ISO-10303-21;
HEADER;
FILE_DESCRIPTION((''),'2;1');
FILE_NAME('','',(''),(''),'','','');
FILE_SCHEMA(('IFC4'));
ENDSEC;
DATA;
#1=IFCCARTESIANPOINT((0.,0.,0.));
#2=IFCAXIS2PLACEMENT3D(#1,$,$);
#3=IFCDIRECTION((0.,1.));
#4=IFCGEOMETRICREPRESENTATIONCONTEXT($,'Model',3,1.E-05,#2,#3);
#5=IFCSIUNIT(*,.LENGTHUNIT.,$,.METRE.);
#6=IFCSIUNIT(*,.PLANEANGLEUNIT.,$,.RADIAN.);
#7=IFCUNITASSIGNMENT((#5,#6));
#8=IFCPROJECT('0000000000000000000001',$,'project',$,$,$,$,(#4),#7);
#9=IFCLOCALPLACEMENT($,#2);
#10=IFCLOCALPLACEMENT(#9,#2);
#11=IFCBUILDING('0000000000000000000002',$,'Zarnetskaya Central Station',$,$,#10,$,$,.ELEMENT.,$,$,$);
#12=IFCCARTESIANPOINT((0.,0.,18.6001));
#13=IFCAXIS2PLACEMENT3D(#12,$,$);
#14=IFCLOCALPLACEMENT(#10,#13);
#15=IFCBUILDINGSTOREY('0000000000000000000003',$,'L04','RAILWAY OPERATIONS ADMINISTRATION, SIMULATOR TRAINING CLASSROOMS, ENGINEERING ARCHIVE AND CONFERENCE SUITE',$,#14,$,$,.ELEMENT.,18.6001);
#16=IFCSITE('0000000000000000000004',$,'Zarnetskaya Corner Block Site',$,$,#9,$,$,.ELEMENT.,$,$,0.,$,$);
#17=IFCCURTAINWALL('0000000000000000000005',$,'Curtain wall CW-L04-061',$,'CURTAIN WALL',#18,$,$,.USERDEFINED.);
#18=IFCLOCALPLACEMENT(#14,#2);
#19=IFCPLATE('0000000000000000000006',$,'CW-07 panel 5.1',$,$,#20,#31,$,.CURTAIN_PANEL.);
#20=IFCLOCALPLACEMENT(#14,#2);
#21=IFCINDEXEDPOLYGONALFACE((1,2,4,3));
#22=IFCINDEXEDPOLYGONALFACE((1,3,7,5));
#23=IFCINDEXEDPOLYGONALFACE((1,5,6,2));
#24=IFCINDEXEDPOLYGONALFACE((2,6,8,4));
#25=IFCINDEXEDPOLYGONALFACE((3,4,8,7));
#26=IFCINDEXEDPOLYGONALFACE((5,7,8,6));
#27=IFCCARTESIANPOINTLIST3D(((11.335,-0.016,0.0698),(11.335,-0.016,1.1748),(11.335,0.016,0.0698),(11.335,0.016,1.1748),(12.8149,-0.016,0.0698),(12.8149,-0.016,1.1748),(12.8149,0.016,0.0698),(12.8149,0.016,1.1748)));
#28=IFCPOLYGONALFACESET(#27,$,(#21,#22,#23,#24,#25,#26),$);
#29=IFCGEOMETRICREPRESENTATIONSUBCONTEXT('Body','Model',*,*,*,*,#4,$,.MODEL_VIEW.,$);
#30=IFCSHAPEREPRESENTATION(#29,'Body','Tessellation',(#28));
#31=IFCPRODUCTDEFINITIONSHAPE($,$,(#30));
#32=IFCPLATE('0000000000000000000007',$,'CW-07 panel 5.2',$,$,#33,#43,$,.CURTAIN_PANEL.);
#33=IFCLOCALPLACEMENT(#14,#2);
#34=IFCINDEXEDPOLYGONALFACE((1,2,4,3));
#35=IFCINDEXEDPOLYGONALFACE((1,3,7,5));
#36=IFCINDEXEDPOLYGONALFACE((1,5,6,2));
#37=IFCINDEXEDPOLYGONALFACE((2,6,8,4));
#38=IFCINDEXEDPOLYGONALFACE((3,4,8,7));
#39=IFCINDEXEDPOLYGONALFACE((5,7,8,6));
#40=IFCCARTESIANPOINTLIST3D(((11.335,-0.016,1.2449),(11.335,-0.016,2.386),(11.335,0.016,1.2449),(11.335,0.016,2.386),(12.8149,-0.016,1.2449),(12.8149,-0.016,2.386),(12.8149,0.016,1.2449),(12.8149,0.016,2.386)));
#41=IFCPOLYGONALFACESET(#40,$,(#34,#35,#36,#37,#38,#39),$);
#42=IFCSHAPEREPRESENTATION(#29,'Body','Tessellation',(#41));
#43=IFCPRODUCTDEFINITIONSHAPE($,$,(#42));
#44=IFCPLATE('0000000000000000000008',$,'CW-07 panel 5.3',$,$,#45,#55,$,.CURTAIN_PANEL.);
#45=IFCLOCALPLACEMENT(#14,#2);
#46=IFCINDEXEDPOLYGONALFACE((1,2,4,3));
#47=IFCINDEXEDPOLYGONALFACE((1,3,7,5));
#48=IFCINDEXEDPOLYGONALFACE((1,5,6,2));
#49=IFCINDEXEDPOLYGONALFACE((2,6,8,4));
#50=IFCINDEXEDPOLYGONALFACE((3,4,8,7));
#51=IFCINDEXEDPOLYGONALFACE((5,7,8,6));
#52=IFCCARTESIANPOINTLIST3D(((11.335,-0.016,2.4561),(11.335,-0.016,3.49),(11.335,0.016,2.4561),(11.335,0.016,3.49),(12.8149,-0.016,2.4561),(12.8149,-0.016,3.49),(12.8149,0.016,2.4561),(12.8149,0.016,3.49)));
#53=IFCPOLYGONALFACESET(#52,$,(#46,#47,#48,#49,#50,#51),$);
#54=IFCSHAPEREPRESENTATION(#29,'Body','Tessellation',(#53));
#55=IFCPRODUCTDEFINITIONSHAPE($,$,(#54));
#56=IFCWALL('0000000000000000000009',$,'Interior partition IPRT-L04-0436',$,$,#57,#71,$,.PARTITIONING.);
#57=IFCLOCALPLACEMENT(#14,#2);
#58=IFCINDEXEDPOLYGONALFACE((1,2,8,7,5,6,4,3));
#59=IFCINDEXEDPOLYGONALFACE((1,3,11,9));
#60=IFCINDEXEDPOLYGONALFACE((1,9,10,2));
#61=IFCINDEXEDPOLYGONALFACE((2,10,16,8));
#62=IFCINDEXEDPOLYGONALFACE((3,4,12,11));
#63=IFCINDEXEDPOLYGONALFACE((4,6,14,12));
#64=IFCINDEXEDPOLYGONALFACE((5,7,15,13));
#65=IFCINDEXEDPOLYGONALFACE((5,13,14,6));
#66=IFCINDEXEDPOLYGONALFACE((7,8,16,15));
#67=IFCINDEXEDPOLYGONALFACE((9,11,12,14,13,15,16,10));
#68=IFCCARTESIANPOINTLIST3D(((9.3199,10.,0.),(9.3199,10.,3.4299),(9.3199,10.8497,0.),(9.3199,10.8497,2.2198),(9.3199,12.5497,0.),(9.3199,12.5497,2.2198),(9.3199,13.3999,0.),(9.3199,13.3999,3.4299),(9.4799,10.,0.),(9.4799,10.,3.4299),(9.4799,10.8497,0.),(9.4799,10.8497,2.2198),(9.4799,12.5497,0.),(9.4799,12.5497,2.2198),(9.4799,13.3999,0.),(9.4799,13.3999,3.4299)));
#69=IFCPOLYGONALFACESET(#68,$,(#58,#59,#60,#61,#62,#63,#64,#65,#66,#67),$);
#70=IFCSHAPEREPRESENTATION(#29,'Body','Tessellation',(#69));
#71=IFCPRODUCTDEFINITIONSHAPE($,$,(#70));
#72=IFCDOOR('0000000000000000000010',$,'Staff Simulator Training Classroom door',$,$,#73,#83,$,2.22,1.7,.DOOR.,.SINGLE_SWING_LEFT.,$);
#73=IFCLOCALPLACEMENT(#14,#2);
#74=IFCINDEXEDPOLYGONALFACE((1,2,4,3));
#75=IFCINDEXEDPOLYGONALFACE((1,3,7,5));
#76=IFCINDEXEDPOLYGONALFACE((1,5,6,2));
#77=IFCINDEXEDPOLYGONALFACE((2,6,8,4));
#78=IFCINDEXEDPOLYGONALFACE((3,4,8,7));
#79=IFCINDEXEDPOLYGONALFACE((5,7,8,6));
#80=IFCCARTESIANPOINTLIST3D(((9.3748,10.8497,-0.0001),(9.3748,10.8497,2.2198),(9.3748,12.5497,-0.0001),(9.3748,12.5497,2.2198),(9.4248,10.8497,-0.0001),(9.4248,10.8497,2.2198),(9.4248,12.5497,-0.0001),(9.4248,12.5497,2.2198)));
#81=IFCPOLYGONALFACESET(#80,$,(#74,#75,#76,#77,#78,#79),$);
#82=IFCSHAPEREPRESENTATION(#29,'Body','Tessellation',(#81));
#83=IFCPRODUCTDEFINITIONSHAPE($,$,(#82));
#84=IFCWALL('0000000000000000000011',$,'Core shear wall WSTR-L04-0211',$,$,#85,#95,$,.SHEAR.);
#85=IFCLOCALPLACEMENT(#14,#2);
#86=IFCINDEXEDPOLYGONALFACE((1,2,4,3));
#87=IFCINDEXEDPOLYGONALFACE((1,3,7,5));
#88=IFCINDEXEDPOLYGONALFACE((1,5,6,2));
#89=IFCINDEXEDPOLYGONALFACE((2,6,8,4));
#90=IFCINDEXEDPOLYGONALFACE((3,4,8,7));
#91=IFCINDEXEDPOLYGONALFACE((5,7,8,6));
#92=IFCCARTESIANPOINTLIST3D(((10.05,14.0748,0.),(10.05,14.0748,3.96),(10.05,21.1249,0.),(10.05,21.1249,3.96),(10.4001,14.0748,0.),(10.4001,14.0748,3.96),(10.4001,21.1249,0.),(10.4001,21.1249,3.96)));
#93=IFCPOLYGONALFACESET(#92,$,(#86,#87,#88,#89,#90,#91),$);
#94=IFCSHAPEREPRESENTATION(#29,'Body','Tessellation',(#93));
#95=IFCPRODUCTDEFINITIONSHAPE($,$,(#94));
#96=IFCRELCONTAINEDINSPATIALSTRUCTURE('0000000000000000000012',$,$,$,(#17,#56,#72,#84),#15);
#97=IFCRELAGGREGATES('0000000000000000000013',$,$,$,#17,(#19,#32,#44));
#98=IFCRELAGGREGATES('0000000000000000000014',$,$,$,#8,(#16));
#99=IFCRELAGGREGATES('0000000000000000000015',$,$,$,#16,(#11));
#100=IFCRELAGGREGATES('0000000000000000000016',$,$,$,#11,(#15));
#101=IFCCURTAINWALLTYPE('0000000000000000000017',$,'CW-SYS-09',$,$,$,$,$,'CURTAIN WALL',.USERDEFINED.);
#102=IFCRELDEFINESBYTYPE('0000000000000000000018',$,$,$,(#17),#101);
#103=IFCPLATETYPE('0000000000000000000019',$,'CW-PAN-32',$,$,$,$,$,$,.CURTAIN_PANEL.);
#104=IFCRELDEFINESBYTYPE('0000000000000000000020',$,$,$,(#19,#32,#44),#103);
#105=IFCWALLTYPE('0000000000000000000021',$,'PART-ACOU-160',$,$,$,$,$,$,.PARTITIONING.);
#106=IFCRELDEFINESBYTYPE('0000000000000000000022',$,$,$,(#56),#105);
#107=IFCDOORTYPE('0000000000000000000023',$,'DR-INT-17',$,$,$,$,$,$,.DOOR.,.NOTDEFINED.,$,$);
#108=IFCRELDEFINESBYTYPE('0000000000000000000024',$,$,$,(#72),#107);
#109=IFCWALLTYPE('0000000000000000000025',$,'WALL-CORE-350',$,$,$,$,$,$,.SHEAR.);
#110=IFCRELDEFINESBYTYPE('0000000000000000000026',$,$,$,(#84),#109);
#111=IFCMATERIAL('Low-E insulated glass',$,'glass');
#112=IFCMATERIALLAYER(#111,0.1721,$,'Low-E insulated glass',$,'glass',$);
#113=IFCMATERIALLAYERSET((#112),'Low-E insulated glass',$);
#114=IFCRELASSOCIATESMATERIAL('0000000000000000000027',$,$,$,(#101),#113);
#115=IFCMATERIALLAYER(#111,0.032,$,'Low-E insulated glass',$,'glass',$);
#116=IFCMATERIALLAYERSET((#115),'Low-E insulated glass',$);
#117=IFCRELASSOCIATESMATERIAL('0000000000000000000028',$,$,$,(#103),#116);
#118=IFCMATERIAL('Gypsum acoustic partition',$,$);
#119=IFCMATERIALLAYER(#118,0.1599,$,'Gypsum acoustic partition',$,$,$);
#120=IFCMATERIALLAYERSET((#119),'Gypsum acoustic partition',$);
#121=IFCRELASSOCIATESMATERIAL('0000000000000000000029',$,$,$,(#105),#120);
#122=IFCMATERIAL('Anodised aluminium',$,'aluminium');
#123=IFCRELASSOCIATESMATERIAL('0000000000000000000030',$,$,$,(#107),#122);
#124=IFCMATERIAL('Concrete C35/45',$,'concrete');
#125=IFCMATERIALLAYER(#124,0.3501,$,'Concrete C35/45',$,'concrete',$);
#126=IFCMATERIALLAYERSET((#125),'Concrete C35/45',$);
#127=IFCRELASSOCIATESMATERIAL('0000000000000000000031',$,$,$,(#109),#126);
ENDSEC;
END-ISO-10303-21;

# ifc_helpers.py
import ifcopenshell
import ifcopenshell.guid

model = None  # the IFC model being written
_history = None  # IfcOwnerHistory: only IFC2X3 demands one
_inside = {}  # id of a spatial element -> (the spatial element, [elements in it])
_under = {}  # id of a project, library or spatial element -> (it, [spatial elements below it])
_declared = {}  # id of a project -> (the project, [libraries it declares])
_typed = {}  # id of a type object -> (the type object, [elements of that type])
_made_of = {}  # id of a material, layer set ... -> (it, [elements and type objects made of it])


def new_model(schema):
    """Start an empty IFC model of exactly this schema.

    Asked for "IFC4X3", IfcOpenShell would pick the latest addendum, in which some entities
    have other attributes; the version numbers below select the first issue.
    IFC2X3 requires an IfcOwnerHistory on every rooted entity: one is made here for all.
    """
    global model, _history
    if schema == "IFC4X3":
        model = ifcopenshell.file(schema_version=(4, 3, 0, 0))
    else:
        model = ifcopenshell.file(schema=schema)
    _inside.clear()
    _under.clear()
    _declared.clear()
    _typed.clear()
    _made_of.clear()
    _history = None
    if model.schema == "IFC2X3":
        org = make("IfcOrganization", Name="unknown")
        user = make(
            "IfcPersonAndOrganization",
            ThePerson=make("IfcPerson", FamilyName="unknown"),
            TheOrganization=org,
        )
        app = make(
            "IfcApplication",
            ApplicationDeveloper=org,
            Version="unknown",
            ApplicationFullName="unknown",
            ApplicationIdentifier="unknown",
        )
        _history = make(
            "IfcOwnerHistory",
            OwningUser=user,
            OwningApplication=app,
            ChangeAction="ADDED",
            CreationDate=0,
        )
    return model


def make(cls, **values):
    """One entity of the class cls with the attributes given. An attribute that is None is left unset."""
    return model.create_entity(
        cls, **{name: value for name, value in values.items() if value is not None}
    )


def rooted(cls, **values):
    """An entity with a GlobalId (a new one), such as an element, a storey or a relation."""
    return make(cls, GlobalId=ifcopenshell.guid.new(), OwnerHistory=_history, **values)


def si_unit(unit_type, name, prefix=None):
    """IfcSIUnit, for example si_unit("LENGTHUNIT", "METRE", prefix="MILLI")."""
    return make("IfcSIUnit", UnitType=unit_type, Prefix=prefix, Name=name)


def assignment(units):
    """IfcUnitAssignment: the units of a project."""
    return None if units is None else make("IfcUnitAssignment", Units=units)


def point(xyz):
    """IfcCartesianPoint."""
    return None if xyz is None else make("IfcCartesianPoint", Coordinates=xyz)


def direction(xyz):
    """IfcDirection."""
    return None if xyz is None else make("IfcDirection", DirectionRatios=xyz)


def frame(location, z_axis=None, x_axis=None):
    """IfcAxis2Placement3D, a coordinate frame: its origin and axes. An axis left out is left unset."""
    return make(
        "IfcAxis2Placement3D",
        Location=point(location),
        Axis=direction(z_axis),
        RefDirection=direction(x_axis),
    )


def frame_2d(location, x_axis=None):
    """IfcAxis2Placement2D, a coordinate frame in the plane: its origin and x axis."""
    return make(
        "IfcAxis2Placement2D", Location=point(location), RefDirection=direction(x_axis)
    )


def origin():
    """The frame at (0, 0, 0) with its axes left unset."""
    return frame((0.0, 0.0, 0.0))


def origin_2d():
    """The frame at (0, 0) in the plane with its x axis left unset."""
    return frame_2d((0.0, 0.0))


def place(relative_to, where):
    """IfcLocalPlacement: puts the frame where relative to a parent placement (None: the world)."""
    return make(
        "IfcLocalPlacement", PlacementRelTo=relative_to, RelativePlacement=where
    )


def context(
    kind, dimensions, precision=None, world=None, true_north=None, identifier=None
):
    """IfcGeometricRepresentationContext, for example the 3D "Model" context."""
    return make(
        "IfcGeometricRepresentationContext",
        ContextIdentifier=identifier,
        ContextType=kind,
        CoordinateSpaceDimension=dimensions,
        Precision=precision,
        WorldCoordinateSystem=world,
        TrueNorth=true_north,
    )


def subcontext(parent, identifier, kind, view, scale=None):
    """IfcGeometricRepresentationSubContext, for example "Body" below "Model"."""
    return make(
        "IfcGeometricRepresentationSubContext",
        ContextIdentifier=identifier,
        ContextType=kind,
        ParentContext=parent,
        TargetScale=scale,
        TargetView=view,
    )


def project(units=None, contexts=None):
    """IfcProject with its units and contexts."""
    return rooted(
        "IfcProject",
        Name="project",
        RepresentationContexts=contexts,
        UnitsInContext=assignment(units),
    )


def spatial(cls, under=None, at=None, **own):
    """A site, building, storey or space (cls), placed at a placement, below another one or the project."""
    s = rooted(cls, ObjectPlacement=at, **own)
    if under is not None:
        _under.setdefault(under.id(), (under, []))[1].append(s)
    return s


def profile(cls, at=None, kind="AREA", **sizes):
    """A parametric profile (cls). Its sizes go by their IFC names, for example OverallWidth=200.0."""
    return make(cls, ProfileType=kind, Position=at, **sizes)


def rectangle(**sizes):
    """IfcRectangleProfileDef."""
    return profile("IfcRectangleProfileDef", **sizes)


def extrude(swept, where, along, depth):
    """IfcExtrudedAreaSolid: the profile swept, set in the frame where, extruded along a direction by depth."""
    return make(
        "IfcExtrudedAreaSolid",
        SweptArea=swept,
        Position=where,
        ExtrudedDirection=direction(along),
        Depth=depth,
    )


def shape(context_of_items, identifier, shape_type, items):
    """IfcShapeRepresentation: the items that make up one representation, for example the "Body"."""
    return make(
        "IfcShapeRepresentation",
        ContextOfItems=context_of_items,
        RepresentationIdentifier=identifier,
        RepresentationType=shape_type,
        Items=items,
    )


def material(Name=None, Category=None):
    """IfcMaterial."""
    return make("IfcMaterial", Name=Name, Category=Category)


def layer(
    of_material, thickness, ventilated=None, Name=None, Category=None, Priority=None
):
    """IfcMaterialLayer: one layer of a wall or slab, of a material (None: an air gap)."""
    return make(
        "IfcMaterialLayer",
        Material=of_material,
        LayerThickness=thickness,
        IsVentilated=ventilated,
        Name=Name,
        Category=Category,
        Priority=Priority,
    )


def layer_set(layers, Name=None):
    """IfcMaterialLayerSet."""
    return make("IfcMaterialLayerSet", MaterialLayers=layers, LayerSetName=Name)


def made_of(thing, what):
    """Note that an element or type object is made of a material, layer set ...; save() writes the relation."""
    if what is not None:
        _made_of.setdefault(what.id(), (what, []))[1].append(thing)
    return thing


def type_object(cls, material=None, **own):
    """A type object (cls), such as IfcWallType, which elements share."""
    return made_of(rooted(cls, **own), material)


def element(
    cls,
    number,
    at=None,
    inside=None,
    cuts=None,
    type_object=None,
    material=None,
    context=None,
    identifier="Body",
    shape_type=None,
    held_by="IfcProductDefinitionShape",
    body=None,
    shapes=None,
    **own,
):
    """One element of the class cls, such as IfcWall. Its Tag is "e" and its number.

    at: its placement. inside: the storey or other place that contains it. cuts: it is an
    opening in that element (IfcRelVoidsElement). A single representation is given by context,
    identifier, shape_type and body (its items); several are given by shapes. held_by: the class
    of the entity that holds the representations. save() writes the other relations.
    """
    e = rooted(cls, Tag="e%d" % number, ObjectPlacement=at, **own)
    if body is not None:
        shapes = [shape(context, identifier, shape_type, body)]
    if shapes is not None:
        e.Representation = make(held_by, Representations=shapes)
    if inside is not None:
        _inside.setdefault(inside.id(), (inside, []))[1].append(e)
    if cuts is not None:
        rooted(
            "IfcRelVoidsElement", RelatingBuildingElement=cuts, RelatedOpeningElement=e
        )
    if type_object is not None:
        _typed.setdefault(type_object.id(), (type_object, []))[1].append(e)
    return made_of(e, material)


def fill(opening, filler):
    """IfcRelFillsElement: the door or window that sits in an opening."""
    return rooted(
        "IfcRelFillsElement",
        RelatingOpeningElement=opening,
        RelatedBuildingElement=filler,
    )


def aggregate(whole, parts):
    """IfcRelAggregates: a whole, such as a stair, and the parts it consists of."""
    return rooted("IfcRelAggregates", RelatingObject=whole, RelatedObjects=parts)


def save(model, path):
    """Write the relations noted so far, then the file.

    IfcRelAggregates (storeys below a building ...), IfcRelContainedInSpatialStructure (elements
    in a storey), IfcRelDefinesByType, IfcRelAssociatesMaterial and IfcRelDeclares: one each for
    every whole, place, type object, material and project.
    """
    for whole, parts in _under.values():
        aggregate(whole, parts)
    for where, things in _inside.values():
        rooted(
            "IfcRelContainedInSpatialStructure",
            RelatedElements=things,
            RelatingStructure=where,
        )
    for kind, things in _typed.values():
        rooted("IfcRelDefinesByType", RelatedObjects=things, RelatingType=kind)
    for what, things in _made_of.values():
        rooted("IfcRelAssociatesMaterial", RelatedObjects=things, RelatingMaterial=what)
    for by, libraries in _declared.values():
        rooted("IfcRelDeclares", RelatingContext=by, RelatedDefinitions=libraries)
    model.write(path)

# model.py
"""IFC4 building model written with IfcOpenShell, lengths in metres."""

from ifc_helpers import new_model, si_unit, direction, frame, frame_2d, origin, origin_2d, place, context, subcontext, project, spatial, rectangle, extrude, material, layer, layer_set, type_object, element, fill, aggregate, save


model = new_model("IFC4")

# Units and contexts
model_context = context("Model", 3, precision=1e-05, world=origin(), true_north=direction((0.0, 1.0)))
body_context = subcontext(model_context, "Body", "Model", "MODEL_VIEW")
ifc_project = project(units=[si_unit("LENGTHUNIT", "METRE"), si_unit("PLANEANGLEUNIT", "RADIAN")], contexts=[model_context])

# Site, building, storey
site_placement = place(None, origin())
site = spatial("IfcSite", under=ifc_project, at=site_placement, Name="Zarnetskaya Corner Block Site", CompositionType="ELEMENT", RefElevation=0.0)
building_placement = place(site_placement, origin())
building = spatial("IfcBuilding", under=site, at=building_placement, Name="Zarnetskaya Central Station", CompositionType="ELEMENT")
storey_placement = place(building_placement, frame((0.0, 0.0, 18.6001)))
storey = spatial("IfcBuildingStorey", under=building, at=storey_placement, Name="L04", Description="RAILWAY OPERATIONS ADMINISTRATION, SIMULATOR TRAINING CLASSROOMS, ENGINEERING ARCHIVE AND CONFERENCE SUITE", CompositionType="ELEMENT", Elevation=18.6001)

# Curtain wall
ifc_material_1 = material(Name="Low-E insulated glass", Category="glass")
ifc_layer_1 = layer(ifc_material_1, 0.1721, Name="Low-E insulated glass", Category="glass")
ifc_layer_set_1 = layer_set([ifc_layer_1], Name="Low-E insulated glass")
curtain_wall_type = type_object("IfcCurtainWallType", Name="CW-SYS-09", ElementType="CURTAIN WALL", PredefinedType="USERDEFINED", material=ifc_layer_set_1)
curtain_wall_placement = place(storey_placement, origin())
curtain_wall = element("IfcCurtainWall", 1, at=curtain_wall_placement, inside=storey, type_object=curtain_wall_type, Name="Curtain wall CW-L04-061", ObjectType="CURTAIN WALL", PredefinedType="USERDEFINED")
ifc_material_2 = material(Name="Anodised aluminium", Category="aluminium")

# Plates
ifc_layer_2 = layer(ifc_material_1, 0.032, Name="Low-E insulated glass", Category="glass")
ifc_layer_set_2 = layer_set([ifc_layer_2], Name="Low-E insulated glass")
plate_type = type_object("IfcPlateType", Name="CW-PAN-32", PredefinedType="CURTAIN_PANEL", material=ifc_layer_set_2)
plate_1_placement = place(storey_placement, frame((12.075, 0.0, 0.0698), z_axis=(0.0, 0.0, 1.0), x_axis=(-1.0, 0.0, 0.0)))
plate_1 = element("IfcPlate", 2, at=plate_1_placement, type_object=plate_type, Name="CW-07 panel 5.1", PredefinedType="CURTAIN_PANEL", context=body_context, shape_type="SweptSolid", body=[
    extrude(rectangle(XDim=1.48, YDim=0.032, at=origin_2d()), origin(), (0.0, 0.0, 1.0), 1.105),
])
plate_2_placement = place(storey_placement, frame((12.075, 0.0, 1.2449), z_axis=(0.0, 0.0, 1.0), x_axis=(-1.0, 0.0, 0.0)))
plate_2 = element("IfcPlate", 3, at=plate_2_placement, type_object=plate_type, Name="CW-07 panel 5.2", PredefinedType="CURTAIN_PANEL", context=body_context, shape_type="SweptSolid", body=[
    extrude(rectangle(XDim=1.48, YDim=0.032, at=origin_2d()), origin(), (0.0, 0.0, 1.0), 1.1411),
])
plate_3_placement = place(storey_placement, frame((12.075, 0.0, 2.4561), z_axis=(0.0, 0.0, 1.0), x_axis=(-1.0, 0.0, 0.0)))
plate_3 = element("IfcPlate", 4, at=plate_3_placement, type_object=plate_type, Name="CW-07 panel 5.3", PredefinedType="CURTAIN_PANEL", context=body_context, shape_type="SweptSolid", body=[
    extrude(rectangle(XDim=1.48, YDim=0.032, at=origin_2d()), origin(), (0.0, 0.0, 1.0), 1.0339),
])
aggregate(curtain_wall, [plate_1, plate_2, plate_3])

# Wall, opening, door
ifc_material_3 = material(Name="Gypsum acoustic partition")
ifc_layer_3 = layer(ifc_material_3, 0.1599, Name="Gypsum acoustic partition")
ifc_layer_set_3 = layer_set([ifc_layer_3], Name="Gypsum acoustic partition")
wall_type_1 = type_object("IfcWallType", Name="PART-ACOU-160", PredefinedType="PARTITIONING", material=ifc_layer_set_3)
wall_1_placement = place(storey_placement, frame((9.3999, 13.3999, 0.0), z_axis=(0.0, 0.0, 1.0), x_axis=(0.0, -1.0, 0.0)))
wall_1 = element("IfcWall", 5, at=wall_1_placement, inside=storey, type_object=wall_type_1, Name="Interior partition IPRT-L04-0436", PredefinedType="PARTITIONING", context=body_context, shape_type="SweptSolid", body=[
    extrude(rectangle(XDim=3.3999, YDim=0.1599, at=frame_2d((1.7, 0.0))), origin(), (0.0, 0.0, 1.0), 3.4299),
])
opening_placement = place(wall_1_placement, frame((0.8501, 0.0, 0.0)))
opening = element("IfcOpeningElement", 6, at=opening_placement, cuts=wall_1, PredefinedType="OPENING", context=body_context, shape_type="SweptSolid", body=[
    extrude(rectangle(XDim=1.7, YDim=2.22, at=frame_2d((0.8501, 1.1099))), frame((0.0, 0.0898, 0.0), z_axis=(0.0, -1.0, 0.0), x_axis=(1.0, 0.0, 0.0)), (0.0, 0.0, 1.0), 0.1799),
])
door_type = type_object("IfcDoorType", Name="DR-INT-17", OperationType="NOTDEFINED", PredefinedType="DOOR", material=ifc_material_2)
door_placement = place(opening_placement, origin())
door = element("IfcDoor", 7, at=door_placement, inside=storey, type_object=door_type, Name="Staff Simulator Training Classroom door", OperationType="SINGLE_SWING_LEFT", OverallHeight=2.22, OverallWidth=1.7, PredefinedType="DOOR", context=body_context, shape_type="SweptSolid", body=[
    extrude(rectangle(XDim=1.7, YDim=2.22, at=frame_2d((0.8501, 1.1099))), frame((0.0, 0.0249, 0.0), z_axis=(0.0, -1.0, 0.0), x_axis=(1.0, 0.0, 0.0)), (0.0, 0.0, 1.0), 0.05),
])
fill(opening, door)

# Wall
ifc_material_4 = material(Name="Concrete C35/45", Category="concrete")
ifc_layer_4 = layer(ifc_material_4, 0.3501, Name="Concrete C35/45", Category="concrete")
ifc_layer_set_4 = layer_set([ifc_layer_4], Name="Concrete C35/45")
wall_type_2 = type_object("IfcWallType", Name="WALL-CORE-350", PredefinedType="SHEAR", material=ifc_layer_set_4)
wall_2_placement = place(storey_placement, frame((10.2251, 14.075, 0.0), z_axis=(0.0, 0.0, 1.0), x_axis=(0.0, 1.0, 0.0)))
element("IfcWall", 8, at=wall_2_placement, inside=storey, type_object=wall_type_2, Name="Core shear wall WSTR-L04-0211", PredefinedType="SHEAR", context=body_context, shape_type="SweptSolid", body=[
    extrude(rectangle(XDim=7.05, YDim=0.3501, at=frame_2d((3.5249, 0.0))), origin(), (0.0, 0.0, 1.0), 3.96),
])

save(model, "model.ifc")
